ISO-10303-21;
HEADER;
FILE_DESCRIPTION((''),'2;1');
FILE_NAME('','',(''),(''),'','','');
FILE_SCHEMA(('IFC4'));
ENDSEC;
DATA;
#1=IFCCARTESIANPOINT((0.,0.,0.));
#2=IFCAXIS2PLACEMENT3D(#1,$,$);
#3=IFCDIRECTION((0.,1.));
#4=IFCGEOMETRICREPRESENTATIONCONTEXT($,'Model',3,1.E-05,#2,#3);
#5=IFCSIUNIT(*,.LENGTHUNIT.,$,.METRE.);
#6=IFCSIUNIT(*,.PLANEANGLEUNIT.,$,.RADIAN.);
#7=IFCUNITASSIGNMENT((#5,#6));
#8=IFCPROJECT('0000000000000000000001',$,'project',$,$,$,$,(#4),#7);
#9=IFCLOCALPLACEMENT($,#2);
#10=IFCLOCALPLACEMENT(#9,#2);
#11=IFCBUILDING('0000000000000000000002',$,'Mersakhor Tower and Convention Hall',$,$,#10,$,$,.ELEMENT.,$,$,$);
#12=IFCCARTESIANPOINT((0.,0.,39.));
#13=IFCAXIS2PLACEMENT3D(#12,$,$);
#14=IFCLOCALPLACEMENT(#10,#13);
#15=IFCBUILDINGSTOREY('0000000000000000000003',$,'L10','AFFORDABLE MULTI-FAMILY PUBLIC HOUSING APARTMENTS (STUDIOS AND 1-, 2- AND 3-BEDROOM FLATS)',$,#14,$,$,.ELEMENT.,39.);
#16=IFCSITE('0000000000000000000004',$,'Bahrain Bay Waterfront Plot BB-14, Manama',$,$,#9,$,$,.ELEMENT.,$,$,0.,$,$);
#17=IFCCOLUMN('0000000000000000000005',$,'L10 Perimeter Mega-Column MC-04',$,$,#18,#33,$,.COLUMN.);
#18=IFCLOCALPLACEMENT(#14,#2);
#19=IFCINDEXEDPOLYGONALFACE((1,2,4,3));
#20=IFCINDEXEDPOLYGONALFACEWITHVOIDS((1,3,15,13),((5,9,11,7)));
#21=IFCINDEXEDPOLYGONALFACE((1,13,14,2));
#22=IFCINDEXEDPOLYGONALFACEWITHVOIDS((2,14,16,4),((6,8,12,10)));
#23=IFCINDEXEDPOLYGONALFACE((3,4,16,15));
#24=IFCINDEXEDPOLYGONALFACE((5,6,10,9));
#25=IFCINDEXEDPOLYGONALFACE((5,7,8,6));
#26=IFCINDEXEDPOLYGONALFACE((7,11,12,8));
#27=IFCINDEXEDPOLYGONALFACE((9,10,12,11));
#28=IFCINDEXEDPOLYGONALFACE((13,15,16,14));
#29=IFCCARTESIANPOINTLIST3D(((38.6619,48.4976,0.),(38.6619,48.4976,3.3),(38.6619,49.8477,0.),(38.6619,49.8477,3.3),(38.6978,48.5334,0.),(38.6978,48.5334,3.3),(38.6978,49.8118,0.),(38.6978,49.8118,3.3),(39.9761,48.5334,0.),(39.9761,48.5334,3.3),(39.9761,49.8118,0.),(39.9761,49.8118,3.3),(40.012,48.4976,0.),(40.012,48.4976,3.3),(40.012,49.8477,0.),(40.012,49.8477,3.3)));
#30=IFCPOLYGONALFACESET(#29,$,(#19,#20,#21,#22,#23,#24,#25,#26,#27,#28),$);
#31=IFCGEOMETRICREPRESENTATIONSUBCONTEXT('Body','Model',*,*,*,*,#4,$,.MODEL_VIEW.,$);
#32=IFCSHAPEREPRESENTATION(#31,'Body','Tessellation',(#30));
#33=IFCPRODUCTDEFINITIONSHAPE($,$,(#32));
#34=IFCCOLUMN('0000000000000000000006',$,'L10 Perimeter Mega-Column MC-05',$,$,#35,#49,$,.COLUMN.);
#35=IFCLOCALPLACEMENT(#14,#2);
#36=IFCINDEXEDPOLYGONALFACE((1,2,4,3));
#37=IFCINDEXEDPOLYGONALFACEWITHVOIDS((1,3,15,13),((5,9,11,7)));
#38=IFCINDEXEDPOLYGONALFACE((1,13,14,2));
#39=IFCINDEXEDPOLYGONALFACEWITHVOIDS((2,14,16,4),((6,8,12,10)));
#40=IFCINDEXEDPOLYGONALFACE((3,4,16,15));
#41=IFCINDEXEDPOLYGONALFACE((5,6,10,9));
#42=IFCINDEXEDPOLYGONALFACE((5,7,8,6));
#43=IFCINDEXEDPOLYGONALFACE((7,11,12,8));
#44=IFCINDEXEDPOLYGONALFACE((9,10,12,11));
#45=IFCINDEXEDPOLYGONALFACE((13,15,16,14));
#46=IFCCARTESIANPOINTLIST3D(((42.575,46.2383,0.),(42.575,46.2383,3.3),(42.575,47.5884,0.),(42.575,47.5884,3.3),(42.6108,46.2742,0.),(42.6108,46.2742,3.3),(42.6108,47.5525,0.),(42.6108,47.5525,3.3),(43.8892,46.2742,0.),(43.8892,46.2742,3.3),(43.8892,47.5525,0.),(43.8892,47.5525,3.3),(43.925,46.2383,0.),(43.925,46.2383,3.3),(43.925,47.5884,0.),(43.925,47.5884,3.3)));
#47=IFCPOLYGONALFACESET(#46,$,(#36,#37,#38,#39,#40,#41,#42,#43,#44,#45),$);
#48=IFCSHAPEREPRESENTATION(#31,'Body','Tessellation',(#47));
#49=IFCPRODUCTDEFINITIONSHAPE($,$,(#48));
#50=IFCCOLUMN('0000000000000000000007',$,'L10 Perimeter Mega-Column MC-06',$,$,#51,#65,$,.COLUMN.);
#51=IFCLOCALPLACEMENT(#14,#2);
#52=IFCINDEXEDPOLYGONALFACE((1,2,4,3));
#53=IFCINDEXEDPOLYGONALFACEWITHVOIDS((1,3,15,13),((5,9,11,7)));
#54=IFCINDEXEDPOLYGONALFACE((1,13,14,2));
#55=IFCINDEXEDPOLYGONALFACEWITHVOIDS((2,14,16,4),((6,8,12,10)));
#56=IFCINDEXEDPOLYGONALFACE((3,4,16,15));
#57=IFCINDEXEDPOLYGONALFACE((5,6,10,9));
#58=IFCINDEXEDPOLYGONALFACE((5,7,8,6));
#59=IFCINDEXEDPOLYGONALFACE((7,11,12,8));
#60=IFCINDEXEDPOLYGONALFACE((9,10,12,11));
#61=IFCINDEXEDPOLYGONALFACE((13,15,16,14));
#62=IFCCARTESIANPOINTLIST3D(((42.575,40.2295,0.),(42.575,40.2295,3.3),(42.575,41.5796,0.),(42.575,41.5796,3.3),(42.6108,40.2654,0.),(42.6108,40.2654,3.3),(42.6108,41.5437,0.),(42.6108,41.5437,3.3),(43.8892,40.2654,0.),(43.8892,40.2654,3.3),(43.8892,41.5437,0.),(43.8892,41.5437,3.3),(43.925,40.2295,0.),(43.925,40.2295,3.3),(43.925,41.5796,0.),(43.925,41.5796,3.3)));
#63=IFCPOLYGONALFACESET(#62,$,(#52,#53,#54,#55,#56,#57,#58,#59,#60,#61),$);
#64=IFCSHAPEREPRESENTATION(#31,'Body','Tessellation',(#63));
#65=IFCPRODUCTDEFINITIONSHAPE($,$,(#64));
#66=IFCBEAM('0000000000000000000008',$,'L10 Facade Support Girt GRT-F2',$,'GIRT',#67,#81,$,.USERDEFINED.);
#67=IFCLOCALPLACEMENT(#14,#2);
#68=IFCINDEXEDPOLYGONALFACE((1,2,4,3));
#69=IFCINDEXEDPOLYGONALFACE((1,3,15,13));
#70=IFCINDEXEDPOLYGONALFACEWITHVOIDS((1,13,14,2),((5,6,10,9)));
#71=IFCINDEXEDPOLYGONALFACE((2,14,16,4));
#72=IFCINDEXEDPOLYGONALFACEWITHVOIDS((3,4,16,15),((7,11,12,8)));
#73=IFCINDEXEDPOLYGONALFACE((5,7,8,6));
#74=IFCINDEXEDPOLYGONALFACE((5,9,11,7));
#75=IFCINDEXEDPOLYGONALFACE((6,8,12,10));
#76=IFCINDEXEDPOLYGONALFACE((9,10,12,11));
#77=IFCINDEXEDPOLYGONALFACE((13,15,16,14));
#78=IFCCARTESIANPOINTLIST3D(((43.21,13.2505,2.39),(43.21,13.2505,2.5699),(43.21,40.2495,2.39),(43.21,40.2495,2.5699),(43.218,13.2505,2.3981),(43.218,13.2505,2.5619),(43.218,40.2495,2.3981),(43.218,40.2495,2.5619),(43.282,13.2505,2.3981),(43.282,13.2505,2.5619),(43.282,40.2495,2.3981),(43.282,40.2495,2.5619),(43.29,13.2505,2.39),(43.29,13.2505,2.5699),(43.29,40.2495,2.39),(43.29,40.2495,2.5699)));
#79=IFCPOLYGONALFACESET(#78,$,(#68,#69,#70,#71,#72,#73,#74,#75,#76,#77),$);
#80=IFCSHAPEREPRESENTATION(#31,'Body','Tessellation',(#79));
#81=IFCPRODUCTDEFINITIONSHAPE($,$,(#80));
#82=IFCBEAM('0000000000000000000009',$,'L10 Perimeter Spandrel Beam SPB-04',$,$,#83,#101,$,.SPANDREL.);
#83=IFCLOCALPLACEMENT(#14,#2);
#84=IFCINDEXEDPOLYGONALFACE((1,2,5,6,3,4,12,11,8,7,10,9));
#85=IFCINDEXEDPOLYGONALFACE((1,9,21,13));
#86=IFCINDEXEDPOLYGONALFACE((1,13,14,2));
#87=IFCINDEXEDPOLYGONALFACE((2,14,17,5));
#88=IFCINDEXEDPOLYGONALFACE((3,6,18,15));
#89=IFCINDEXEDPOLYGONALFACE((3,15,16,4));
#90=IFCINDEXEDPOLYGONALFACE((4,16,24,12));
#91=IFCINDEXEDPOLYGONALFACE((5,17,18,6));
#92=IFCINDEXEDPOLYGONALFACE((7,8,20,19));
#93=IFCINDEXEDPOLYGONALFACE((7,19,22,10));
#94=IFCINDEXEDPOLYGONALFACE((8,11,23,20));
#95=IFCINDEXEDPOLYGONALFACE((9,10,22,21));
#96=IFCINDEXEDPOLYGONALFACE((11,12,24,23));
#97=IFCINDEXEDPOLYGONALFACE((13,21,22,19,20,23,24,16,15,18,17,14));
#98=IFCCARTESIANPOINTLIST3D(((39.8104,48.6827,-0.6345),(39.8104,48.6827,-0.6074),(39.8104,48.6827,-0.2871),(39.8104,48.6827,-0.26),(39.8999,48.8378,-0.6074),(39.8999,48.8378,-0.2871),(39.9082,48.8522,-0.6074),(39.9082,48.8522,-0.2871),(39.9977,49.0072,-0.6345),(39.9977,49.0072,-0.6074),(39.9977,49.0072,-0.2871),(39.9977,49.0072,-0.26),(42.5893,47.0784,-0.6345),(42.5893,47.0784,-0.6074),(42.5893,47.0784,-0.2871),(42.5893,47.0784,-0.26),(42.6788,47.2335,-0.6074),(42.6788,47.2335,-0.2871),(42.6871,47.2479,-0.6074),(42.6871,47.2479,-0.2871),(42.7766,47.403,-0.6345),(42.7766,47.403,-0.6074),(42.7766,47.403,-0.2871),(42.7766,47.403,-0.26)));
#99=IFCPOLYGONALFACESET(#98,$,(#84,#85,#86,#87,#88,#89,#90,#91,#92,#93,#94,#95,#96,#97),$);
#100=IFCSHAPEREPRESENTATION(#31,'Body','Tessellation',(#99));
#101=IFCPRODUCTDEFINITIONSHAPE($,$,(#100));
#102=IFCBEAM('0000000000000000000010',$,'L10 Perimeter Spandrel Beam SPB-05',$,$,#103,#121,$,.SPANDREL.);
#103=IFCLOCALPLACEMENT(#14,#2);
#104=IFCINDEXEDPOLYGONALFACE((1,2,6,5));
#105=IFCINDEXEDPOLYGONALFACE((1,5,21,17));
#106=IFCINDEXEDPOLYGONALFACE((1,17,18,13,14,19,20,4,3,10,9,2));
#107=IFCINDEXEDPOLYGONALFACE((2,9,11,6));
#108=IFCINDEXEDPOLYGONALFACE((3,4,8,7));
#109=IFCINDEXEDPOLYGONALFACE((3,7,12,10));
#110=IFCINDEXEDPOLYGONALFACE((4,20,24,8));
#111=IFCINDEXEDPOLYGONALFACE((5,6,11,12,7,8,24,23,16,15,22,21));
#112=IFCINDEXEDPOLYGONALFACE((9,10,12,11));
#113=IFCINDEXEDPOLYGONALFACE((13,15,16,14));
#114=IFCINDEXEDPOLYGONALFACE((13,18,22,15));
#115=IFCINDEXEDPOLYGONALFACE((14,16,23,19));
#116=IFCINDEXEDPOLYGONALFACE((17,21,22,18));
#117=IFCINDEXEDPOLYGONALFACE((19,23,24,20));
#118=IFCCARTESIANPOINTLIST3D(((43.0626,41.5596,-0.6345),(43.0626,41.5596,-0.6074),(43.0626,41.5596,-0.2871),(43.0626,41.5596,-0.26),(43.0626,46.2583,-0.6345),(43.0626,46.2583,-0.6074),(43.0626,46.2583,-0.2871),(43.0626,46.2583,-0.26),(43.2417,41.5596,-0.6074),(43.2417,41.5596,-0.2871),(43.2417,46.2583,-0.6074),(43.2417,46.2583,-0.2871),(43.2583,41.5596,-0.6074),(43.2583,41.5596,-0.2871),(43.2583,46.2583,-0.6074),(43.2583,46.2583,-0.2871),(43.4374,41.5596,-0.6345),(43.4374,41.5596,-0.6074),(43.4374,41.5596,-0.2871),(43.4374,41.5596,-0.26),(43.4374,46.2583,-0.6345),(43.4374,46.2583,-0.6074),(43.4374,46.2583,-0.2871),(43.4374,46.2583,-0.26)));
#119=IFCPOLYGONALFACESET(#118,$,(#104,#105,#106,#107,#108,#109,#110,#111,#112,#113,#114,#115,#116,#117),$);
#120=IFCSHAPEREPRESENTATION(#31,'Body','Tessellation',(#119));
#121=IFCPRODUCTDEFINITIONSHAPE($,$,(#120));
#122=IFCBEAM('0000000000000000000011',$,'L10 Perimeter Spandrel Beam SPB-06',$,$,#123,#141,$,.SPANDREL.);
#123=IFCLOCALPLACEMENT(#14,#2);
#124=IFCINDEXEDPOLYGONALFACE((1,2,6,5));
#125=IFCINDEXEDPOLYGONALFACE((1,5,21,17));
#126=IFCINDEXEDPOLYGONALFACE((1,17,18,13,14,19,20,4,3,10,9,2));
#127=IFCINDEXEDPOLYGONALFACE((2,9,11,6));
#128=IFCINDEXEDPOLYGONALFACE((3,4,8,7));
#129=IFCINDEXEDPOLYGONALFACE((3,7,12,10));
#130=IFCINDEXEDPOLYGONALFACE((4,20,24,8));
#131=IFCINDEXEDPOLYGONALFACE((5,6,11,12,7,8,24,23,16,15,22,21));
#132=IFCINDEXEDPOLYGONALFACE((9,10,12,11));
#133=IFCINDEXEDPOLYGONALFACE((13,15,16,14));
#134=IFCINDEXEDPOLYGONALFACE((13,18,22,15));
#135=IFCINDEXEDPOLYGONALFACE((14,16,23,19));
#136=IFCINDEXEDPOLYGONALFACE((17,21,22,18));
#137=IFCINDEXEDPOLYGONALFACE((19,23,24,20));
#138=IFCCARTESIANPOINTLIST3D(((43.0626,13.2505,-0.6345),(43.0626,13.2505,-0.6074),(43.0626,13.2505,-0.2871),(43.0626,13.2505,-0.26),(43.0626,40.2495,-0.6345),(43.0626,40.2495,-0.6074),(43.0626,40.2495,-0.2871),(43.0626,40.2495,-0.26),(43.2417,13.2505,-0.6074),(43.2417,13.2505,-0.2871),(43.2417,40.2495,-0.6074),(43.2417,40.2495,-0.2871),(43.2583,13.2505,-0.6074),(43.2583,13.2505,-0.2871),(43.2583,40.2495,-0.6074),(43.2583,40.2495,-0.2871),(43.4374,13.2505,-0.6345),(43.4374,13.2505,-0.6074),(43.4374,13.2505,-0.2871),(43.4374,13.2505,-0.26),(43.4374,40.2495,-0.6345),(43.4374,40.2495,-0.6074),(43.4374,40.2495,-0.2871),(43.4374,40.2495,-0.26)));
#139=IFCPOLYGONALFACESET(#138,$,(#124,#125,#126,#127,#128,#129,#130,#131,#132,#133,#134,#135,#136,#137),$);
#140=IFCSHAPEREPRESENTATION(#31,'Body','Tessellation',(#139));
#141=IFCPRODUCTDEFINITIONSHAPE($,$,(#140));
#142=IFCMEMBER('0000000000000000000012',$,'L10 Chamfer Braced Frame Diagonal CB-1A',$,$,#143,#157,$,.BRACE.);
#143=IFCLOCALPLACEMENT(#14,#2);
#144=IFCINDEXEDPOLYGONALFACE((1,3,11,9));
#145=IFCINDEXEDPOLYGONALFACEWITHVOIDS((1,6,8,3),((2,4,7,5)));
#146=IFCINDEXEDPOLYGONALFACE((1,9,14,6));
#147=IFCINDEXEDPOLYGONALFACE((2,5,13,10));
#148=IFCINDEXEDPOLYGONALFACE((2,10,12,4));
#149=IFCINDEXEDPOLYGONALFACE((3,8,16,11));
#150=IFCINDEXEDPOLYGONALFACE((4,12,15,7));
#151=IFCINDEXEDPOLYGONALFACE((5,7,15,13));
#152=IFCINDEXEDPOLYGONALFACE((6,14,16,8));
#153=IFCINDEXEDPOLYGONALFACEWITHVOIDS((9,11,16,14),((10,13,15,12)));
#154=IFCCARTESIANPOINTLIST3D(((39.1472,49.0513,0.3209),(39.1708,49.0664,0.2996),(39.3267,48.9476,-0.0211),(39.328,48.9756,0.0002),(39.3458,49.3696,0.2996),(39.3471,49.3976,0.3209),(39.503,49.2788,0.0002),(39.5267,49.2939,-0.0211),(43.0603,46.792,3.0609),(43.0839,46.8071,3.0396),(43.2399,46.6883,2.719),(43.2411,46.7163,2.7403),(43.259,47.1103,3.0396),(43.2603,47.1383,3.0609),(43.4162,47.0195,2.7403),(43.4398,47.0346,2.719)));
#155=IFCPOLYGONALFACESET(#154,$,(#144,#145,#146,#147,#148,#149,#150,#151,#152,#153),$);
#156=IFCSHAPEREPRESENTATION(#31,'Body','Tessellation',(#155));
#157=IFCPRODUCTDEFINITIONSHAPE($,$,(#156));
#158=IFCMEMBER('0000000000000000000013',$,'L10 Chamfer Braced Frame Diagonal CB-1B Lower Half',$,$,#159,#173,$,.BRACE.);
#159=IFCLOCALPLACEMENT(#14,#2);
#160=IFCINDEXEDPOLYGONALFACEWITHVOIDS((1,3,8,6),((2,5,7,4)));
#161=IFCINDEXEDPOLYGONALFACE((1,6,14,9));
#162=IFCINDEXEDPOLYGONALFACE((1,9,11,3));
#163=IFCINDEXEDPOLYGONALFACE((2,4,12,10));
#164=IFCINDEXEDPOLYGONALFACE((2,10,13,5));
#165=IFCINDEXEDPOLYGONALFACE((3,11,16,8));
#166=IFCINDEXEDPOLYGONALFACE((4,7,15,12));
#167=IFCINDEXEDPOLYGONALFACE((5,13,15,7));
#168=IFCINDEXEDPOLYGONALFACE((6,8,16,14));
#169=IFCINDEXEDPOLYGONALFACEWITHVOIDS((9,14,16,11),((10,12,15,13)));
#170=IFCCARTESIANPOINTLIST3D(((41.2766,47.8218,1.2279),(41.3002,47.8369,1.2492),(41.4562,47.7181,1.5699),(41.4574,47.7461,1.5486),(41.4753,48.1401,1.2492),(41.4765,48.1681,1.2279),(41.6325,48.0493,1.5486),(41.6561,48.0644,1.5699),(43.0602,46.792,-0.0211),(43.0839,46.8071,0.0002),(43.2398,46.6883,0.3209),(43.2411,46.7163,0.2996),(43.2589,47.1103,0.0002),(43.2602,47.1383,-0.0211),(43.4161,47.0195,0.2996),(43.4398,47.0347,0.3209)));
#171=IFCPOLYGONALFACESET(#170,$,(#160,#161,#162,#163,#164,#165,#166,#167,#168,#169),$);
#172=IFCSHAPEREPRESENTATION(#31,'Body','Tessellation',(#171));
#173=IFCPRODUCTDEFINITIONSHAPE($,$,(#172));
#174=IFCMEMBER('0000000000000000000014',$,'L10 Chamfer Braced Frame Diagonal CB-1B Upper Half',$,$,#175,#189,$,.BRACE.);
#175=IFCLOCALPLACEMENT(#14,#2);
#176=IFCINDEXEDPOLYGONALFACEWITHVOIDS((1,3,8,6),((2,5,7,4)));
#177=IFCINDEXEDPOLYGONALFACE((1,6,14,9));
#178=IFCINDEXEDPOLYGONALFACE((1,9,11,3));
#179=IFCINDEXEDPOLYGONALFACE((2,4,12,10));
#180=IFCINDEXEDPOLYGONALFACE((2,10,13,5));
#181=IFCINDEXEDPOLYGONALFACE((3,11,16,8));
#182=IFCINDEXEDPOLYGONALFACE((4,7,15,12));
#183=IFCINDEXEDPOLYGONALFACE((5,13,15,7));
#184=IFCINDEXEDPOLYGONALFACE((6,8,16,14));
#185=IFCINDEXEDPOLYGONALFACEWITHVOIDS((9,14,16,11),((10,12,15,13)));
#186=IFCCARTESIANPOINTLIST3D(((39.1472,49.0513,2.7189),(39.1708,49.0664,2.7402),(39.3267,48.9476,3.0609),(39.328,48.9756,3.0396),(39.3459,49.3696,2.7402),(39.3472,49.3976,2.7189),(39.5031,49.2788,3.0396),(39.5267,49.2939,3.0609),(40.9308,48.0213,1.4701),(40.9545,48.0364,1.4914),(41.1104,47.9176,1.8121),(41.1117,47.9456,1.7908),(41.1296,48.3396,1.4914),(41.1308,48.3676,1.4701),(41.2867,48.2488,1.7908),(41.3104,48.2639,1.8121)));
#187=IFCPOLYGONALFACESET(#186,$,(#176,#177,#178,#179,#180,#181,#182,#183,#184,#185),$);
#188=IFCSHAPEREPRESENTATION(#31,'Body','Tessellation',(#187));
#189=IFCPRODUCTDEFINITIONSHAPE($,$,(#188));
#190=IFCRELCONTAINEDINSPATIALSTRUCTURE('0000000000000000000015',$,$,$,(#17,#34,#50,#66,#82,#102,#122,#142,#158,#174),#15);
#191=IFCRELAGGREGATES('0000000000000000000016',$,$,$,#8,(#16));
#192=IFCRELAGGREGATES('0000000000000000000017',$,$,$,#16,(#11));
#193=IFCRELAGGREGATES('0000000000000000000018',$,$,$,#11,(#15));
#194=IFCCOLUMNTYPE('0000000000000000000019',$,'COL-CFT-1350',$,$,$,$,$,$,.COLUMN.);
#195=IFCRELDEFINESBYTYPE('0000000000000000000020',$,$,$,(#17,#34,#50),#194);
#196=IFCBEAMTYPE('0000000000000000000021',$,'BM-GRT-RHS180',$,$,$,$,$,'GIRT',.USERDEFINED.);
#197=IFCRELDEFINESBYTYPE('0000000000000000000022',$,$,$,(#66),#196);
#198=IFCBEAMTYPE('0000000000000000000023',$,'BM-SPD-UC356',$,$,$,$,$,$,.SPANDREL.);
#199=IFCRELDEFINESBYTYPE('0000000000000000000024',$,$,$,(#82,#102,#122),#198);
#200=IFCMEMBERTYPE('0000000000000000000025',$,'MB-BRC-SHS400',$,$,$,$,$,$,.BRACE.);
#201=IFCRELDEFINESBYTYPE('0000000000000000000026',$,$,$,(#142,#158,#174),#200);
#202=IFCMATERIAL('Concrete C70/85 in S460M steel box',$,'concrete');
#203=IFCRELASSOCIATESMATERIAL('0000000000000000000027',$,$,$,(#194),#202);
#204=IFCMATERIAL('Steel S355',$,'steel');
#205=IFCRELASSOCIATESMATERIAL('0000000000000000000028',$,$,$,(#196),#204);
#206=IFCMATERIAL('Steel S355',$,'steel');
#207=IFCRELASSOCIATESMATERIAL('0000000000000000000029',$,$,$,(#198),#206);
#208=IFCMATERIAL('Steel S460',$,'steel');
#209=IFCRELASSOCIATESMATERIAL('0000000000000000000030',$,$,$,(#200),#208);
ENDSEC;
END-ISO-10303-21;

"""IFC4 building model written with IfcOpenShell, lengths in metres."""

from ifc_helpers import new_model, si_unit, direction, frame, origin, origin_2d, place, context, subcontext, project, spatial, hollow_rectangle, i_section, extrude, material, material_profile, profile_set, type_object, element, save


model = new_model("IFC4")

# Units and contexts
model_context = context("Model", 3, precision=1e-05, world=origin(), true_north=direction((0.0, 1.0)))
body_context = subcontext(model_context, "Body", "Model", "MODEL_VIEW")
ifc_project = project(units=[si_unit("LENGTHUNIT", "METRE"), si_unit("PLANEANGLEUNIT", "RADIAN")], contexts=[model_context])

# Site, building, storey
site_placement = place(None, origin())
site = spatial("IfcSite", under=ifc_project, at=site_placement, Name="Bahrain Bay Waterfront Plot BB-14, Manama", CompositionType="ELEMENT", RefElevation=0.0)
building_placement = place(site_placement, origin())
building = spatial("IfcBuilding", under=site, at=building_placement, Name="Mersakhor Tower and Convention Hall", CompositionType="ELEMENT")
storey_placement = place(building_placement, frame((0.0, 0.0, 39.0)))
storey = spatial("IfcBuildingStorey", under=building, at=storey_placement, Name="L10", Description="AFFORDABLE MULTI-FAMILY PUBLIC HOUSING APARTMENTS (STUDIOS AND 1-, 2- AND 3-BEDROOM FLATS)", CompositionType="ELEMENT", Elevation=39.0)

# Columns
ifc_material_1 = material(Name="Concrete C70/85 in S460M steel box", Category="concrete")
ifc_material_profile_1 = material_profile(ifc_material_1, hollow_rectangle(XDim=1.3501, YDim=1.3501, WallThickness=0.0359, at=origin_2d()), Name="SHS 1350x1350x36")
ifc_profile_set_1 = profile_set([ifc_material_profile_1], Name="Concrete C70/85 in S460M steel box")
column_type = type_object("IfcColumnType", Name="COL-CFT-1350", PredefinedType="COLUMN", material=ifc_profile_set_1)
for number, where, z_axis, x_axis, name in (
    (1, (39.3369, 49.1726, 0.0), (0.0, 0.0, 1.0), (1.0, 0.0, 0.0), "L10 Perimeter Mega-Column MC-04"),
    (2, (43.25, 46.9133, 0.0), (0.0, 0.0, 1.0), (1.0, 0.0, 0.0), "L10 Perimeter Mega-Column MC-05"),
    (3, (43.25, 40.9045, 0.0), (0.0, 0.0, 1.0), (1.0, 0.0, 0.0), "L10 Perimeter Mega-Column MC-06"),
):
    element("IfcColumn", number, at=place(storey_placement, frame(where, z_axis=z_axis, x_axis=x_axis)), inside=storey, type_object=column_type, Name=name, PredefinedType="COLUMN", context=body_context, shape_type="SweptSolid", body=[
        extrude(hollow_rectangle(XDim=1.3501, YDim=1.3501, WallThickness=0.0359, at=origin_2d()), origin(), (0.0, 0.0, 1.0), 3.3),
    ])

# Beams
ifc_material_2 = material(Name="Steel S355", Category="steel")
ifc_material_profile_2 = material_profile(ifc_material_2, hollow_rectangle(XDim=0.0801, YDim=0.1799, WallThickness=0.0081, at=origin_2d()), Name="RHS 180x80x8")
ifc_profile_set_2 = profile_set([ifc_material_profile_2], Name="Steel S355")
beam_type_1 = type_object("IfcBeamType", Name="BM-GRT-RHS180", ElementType="GIRT", PredefinedType="USERDEFINED", material=ifc_profile_set_2)
beam_1_placement = place(storey_placement, frame((43.25, 40.2495, 2.48), z_axis=(0.0, -1.0, 0.0), x_axis=(1.0, 0.0, 0.0)))
element("IfcBeam", 4, at=beam_1_placement, inside=storey, type_object=beam_type_1, Name="L10 Facade Support Girt GRT-F2", ObjectType="GIRT", PredefinedType="USERDEFINED", context=body_context, shape_type="SweptSolid", body=[
    extrude(hollow_rectangle(XDim=0.0801, YDim=0.1799, WallThickness=0.0081, at=origin_2d()), origin(), (0.0, 0.0, 1.0), 26.999),
])
ifc_material_3 = material(Name="Steel S355", Category="steel")
ifc_material_profile_3 = material_profile(ifc_material_3, i_section(OverallWidth=0.3748, OverallDepth=0.3745, WebThickness=0.0166, FlangeThickness=0.0271, at=origin_2d()), Name="UC 356x368x202")
ifc_profile_set_3 = profile_set([ifc_material_profile_3], Name="Steel S355")
beam_type_2 = type_object("IfcBeamType", Name="BM-SPD-UC356", PredefinedType="SPANDREL", material=ifc_profile_set_3)
beam_2_placement = place(storey_placement, frame((39.9041, 48.845, -0.4473), z_axis=(0.866039, -0.499977, 0.0), x_axis=(0.499977, 0.866039, 0.0)))
element("IfcBeam", 5, at=beam_2_placement, inside=storey, type_object=beam_type_2, Name="L10 Perimeter Spandrel Beam SPB-04", PredefinedType="SPANDREL", context=body_context, shape_type="SweptSolid", body=[
    extrude(i_section(OverallWidth=0.3748, OverallDepth=0.3745, WebThickness=0.0166, FlangeThickness=0.0271, at=origin_2d()), origin(), (0.0, 0.0, 1.0), 3.2087),
])
beam_3_placement = place(storey_placement, frame((43.25, 46.2583, -0.4473), z_axis=(0.0, -1.0, 0.0), x_axis=(1.0, 0.0, 0.0)))
element("IfcBeam", 6, at=beam_3_placement, inside=storey, type_object=beam_type_2, Name="L10 Perimeter Spandrel Beam SPB-05", PredefinedType="SPANDREL", context=body_context, shape_type="SweptSolid", body=[
    extrude(i_section(OverallWidth=0.3748, OverallDepth=0.3745, WebThickness=0.0166, FlangeThickness=0.0271, at=origin_2d()), origin(), (0.0, 0.0, 1.0), 4.6987),
])
beam_4_placement = place(storey_placement, frame((43.25, 40.2495, -0.4473), z_axis=(0.0, -1.0, 0.0), x_axis=(1.0, 0.0, 0.0)))
element("IfcBeam", 7, at=beam_4_placement, inside=storey, type_object=beam_type_2, Name="L10 Perimeter Spandrel Beam SPB-06", PredefinedType="SPANDREL", context=body_context, shape_type="SweptSolid", body=[
    extrude(i_section(OverallWidth=0.3748, OverallDepth=0.3745, WebThickness=0.0166, FlangeThickness=0.0271, at=origin_2d()), origin(), (0.0, 0.0, 1.0), 26.999),
])

# Members
ifc_material_4 = material(Name="Steel S460", Category="steel")
ifc_material_profile_4 = material_profile(ifc_material_4, hollow_rectangle(XDim=0.3999, YDim=0.3999, WallThickness=0.0249, at=origin_2d()), Name="SHS 400x400x25")
ifc_profile_set_4 = profile_set([ifc_material_profile_4], Name="Steel S460")
member_type = type_object("IfcMemberType", Name="MB-BRC-SHS400", PredefinedType="BRACE", material=ifc_profile_set_4)
member_placement = place(storey_placement, frame((39.3369, 49.1726, 0.1499), z_axis=(0.740508, -0.427543, 0.518513), x_axis=(0.500009, 0.86602, 0.0)))
element("IfcMember", 8, at=member_placement, inside=storey, type_object=member_type, Name="L10 Chamfer Braced Frame Diagonal CB-1A", PredefinedType="BRACE", context=body_context, shape_type="SweptSolid", body=[
    extrude(hollow_rectangle(XDim=0.3999, YDim=0.3999, WallThickness=0.0249, at=origin_2d()), origin(), (0.0, 0.0, 1.0), 5.2844),
])
for number, where, z_axis, x_axis, name in (
    (9, (43.25, 46.9133, 0.1499), (-0.740505, 0.427519, 0.518536), (-0.499989, -0.866032, 0.0), "L10 Chamfer Braced Frame Diagonal CB-1B Lower Half"),
    (10, (41.1206, 48.1426, 1.6411), (-0.740512, 0.427624, 0.51844), (-0.500078, -0.86598, 0.0), "L10 Chamfer Braced Frame Diagonal CB-1B Upper Half"),
):
    element("IfcMember", number, at=place(storey_placement, frame(where, z_axis=z_axis, x_axis=x_axis)), inside=storey, type_object=member_type, Name=name, PredefinedType="BRACE", context=body_context, shape_type="SweptSolid", body=[
        extrude(hollow_rectangle(XDim=0.3999, YDim=0.3999, WallThickness=0.0249, at=origin_2d()), origin(), (0.0, 0.0, 1.0), 2.4087),
    ])

save(model, "model.ifc")
